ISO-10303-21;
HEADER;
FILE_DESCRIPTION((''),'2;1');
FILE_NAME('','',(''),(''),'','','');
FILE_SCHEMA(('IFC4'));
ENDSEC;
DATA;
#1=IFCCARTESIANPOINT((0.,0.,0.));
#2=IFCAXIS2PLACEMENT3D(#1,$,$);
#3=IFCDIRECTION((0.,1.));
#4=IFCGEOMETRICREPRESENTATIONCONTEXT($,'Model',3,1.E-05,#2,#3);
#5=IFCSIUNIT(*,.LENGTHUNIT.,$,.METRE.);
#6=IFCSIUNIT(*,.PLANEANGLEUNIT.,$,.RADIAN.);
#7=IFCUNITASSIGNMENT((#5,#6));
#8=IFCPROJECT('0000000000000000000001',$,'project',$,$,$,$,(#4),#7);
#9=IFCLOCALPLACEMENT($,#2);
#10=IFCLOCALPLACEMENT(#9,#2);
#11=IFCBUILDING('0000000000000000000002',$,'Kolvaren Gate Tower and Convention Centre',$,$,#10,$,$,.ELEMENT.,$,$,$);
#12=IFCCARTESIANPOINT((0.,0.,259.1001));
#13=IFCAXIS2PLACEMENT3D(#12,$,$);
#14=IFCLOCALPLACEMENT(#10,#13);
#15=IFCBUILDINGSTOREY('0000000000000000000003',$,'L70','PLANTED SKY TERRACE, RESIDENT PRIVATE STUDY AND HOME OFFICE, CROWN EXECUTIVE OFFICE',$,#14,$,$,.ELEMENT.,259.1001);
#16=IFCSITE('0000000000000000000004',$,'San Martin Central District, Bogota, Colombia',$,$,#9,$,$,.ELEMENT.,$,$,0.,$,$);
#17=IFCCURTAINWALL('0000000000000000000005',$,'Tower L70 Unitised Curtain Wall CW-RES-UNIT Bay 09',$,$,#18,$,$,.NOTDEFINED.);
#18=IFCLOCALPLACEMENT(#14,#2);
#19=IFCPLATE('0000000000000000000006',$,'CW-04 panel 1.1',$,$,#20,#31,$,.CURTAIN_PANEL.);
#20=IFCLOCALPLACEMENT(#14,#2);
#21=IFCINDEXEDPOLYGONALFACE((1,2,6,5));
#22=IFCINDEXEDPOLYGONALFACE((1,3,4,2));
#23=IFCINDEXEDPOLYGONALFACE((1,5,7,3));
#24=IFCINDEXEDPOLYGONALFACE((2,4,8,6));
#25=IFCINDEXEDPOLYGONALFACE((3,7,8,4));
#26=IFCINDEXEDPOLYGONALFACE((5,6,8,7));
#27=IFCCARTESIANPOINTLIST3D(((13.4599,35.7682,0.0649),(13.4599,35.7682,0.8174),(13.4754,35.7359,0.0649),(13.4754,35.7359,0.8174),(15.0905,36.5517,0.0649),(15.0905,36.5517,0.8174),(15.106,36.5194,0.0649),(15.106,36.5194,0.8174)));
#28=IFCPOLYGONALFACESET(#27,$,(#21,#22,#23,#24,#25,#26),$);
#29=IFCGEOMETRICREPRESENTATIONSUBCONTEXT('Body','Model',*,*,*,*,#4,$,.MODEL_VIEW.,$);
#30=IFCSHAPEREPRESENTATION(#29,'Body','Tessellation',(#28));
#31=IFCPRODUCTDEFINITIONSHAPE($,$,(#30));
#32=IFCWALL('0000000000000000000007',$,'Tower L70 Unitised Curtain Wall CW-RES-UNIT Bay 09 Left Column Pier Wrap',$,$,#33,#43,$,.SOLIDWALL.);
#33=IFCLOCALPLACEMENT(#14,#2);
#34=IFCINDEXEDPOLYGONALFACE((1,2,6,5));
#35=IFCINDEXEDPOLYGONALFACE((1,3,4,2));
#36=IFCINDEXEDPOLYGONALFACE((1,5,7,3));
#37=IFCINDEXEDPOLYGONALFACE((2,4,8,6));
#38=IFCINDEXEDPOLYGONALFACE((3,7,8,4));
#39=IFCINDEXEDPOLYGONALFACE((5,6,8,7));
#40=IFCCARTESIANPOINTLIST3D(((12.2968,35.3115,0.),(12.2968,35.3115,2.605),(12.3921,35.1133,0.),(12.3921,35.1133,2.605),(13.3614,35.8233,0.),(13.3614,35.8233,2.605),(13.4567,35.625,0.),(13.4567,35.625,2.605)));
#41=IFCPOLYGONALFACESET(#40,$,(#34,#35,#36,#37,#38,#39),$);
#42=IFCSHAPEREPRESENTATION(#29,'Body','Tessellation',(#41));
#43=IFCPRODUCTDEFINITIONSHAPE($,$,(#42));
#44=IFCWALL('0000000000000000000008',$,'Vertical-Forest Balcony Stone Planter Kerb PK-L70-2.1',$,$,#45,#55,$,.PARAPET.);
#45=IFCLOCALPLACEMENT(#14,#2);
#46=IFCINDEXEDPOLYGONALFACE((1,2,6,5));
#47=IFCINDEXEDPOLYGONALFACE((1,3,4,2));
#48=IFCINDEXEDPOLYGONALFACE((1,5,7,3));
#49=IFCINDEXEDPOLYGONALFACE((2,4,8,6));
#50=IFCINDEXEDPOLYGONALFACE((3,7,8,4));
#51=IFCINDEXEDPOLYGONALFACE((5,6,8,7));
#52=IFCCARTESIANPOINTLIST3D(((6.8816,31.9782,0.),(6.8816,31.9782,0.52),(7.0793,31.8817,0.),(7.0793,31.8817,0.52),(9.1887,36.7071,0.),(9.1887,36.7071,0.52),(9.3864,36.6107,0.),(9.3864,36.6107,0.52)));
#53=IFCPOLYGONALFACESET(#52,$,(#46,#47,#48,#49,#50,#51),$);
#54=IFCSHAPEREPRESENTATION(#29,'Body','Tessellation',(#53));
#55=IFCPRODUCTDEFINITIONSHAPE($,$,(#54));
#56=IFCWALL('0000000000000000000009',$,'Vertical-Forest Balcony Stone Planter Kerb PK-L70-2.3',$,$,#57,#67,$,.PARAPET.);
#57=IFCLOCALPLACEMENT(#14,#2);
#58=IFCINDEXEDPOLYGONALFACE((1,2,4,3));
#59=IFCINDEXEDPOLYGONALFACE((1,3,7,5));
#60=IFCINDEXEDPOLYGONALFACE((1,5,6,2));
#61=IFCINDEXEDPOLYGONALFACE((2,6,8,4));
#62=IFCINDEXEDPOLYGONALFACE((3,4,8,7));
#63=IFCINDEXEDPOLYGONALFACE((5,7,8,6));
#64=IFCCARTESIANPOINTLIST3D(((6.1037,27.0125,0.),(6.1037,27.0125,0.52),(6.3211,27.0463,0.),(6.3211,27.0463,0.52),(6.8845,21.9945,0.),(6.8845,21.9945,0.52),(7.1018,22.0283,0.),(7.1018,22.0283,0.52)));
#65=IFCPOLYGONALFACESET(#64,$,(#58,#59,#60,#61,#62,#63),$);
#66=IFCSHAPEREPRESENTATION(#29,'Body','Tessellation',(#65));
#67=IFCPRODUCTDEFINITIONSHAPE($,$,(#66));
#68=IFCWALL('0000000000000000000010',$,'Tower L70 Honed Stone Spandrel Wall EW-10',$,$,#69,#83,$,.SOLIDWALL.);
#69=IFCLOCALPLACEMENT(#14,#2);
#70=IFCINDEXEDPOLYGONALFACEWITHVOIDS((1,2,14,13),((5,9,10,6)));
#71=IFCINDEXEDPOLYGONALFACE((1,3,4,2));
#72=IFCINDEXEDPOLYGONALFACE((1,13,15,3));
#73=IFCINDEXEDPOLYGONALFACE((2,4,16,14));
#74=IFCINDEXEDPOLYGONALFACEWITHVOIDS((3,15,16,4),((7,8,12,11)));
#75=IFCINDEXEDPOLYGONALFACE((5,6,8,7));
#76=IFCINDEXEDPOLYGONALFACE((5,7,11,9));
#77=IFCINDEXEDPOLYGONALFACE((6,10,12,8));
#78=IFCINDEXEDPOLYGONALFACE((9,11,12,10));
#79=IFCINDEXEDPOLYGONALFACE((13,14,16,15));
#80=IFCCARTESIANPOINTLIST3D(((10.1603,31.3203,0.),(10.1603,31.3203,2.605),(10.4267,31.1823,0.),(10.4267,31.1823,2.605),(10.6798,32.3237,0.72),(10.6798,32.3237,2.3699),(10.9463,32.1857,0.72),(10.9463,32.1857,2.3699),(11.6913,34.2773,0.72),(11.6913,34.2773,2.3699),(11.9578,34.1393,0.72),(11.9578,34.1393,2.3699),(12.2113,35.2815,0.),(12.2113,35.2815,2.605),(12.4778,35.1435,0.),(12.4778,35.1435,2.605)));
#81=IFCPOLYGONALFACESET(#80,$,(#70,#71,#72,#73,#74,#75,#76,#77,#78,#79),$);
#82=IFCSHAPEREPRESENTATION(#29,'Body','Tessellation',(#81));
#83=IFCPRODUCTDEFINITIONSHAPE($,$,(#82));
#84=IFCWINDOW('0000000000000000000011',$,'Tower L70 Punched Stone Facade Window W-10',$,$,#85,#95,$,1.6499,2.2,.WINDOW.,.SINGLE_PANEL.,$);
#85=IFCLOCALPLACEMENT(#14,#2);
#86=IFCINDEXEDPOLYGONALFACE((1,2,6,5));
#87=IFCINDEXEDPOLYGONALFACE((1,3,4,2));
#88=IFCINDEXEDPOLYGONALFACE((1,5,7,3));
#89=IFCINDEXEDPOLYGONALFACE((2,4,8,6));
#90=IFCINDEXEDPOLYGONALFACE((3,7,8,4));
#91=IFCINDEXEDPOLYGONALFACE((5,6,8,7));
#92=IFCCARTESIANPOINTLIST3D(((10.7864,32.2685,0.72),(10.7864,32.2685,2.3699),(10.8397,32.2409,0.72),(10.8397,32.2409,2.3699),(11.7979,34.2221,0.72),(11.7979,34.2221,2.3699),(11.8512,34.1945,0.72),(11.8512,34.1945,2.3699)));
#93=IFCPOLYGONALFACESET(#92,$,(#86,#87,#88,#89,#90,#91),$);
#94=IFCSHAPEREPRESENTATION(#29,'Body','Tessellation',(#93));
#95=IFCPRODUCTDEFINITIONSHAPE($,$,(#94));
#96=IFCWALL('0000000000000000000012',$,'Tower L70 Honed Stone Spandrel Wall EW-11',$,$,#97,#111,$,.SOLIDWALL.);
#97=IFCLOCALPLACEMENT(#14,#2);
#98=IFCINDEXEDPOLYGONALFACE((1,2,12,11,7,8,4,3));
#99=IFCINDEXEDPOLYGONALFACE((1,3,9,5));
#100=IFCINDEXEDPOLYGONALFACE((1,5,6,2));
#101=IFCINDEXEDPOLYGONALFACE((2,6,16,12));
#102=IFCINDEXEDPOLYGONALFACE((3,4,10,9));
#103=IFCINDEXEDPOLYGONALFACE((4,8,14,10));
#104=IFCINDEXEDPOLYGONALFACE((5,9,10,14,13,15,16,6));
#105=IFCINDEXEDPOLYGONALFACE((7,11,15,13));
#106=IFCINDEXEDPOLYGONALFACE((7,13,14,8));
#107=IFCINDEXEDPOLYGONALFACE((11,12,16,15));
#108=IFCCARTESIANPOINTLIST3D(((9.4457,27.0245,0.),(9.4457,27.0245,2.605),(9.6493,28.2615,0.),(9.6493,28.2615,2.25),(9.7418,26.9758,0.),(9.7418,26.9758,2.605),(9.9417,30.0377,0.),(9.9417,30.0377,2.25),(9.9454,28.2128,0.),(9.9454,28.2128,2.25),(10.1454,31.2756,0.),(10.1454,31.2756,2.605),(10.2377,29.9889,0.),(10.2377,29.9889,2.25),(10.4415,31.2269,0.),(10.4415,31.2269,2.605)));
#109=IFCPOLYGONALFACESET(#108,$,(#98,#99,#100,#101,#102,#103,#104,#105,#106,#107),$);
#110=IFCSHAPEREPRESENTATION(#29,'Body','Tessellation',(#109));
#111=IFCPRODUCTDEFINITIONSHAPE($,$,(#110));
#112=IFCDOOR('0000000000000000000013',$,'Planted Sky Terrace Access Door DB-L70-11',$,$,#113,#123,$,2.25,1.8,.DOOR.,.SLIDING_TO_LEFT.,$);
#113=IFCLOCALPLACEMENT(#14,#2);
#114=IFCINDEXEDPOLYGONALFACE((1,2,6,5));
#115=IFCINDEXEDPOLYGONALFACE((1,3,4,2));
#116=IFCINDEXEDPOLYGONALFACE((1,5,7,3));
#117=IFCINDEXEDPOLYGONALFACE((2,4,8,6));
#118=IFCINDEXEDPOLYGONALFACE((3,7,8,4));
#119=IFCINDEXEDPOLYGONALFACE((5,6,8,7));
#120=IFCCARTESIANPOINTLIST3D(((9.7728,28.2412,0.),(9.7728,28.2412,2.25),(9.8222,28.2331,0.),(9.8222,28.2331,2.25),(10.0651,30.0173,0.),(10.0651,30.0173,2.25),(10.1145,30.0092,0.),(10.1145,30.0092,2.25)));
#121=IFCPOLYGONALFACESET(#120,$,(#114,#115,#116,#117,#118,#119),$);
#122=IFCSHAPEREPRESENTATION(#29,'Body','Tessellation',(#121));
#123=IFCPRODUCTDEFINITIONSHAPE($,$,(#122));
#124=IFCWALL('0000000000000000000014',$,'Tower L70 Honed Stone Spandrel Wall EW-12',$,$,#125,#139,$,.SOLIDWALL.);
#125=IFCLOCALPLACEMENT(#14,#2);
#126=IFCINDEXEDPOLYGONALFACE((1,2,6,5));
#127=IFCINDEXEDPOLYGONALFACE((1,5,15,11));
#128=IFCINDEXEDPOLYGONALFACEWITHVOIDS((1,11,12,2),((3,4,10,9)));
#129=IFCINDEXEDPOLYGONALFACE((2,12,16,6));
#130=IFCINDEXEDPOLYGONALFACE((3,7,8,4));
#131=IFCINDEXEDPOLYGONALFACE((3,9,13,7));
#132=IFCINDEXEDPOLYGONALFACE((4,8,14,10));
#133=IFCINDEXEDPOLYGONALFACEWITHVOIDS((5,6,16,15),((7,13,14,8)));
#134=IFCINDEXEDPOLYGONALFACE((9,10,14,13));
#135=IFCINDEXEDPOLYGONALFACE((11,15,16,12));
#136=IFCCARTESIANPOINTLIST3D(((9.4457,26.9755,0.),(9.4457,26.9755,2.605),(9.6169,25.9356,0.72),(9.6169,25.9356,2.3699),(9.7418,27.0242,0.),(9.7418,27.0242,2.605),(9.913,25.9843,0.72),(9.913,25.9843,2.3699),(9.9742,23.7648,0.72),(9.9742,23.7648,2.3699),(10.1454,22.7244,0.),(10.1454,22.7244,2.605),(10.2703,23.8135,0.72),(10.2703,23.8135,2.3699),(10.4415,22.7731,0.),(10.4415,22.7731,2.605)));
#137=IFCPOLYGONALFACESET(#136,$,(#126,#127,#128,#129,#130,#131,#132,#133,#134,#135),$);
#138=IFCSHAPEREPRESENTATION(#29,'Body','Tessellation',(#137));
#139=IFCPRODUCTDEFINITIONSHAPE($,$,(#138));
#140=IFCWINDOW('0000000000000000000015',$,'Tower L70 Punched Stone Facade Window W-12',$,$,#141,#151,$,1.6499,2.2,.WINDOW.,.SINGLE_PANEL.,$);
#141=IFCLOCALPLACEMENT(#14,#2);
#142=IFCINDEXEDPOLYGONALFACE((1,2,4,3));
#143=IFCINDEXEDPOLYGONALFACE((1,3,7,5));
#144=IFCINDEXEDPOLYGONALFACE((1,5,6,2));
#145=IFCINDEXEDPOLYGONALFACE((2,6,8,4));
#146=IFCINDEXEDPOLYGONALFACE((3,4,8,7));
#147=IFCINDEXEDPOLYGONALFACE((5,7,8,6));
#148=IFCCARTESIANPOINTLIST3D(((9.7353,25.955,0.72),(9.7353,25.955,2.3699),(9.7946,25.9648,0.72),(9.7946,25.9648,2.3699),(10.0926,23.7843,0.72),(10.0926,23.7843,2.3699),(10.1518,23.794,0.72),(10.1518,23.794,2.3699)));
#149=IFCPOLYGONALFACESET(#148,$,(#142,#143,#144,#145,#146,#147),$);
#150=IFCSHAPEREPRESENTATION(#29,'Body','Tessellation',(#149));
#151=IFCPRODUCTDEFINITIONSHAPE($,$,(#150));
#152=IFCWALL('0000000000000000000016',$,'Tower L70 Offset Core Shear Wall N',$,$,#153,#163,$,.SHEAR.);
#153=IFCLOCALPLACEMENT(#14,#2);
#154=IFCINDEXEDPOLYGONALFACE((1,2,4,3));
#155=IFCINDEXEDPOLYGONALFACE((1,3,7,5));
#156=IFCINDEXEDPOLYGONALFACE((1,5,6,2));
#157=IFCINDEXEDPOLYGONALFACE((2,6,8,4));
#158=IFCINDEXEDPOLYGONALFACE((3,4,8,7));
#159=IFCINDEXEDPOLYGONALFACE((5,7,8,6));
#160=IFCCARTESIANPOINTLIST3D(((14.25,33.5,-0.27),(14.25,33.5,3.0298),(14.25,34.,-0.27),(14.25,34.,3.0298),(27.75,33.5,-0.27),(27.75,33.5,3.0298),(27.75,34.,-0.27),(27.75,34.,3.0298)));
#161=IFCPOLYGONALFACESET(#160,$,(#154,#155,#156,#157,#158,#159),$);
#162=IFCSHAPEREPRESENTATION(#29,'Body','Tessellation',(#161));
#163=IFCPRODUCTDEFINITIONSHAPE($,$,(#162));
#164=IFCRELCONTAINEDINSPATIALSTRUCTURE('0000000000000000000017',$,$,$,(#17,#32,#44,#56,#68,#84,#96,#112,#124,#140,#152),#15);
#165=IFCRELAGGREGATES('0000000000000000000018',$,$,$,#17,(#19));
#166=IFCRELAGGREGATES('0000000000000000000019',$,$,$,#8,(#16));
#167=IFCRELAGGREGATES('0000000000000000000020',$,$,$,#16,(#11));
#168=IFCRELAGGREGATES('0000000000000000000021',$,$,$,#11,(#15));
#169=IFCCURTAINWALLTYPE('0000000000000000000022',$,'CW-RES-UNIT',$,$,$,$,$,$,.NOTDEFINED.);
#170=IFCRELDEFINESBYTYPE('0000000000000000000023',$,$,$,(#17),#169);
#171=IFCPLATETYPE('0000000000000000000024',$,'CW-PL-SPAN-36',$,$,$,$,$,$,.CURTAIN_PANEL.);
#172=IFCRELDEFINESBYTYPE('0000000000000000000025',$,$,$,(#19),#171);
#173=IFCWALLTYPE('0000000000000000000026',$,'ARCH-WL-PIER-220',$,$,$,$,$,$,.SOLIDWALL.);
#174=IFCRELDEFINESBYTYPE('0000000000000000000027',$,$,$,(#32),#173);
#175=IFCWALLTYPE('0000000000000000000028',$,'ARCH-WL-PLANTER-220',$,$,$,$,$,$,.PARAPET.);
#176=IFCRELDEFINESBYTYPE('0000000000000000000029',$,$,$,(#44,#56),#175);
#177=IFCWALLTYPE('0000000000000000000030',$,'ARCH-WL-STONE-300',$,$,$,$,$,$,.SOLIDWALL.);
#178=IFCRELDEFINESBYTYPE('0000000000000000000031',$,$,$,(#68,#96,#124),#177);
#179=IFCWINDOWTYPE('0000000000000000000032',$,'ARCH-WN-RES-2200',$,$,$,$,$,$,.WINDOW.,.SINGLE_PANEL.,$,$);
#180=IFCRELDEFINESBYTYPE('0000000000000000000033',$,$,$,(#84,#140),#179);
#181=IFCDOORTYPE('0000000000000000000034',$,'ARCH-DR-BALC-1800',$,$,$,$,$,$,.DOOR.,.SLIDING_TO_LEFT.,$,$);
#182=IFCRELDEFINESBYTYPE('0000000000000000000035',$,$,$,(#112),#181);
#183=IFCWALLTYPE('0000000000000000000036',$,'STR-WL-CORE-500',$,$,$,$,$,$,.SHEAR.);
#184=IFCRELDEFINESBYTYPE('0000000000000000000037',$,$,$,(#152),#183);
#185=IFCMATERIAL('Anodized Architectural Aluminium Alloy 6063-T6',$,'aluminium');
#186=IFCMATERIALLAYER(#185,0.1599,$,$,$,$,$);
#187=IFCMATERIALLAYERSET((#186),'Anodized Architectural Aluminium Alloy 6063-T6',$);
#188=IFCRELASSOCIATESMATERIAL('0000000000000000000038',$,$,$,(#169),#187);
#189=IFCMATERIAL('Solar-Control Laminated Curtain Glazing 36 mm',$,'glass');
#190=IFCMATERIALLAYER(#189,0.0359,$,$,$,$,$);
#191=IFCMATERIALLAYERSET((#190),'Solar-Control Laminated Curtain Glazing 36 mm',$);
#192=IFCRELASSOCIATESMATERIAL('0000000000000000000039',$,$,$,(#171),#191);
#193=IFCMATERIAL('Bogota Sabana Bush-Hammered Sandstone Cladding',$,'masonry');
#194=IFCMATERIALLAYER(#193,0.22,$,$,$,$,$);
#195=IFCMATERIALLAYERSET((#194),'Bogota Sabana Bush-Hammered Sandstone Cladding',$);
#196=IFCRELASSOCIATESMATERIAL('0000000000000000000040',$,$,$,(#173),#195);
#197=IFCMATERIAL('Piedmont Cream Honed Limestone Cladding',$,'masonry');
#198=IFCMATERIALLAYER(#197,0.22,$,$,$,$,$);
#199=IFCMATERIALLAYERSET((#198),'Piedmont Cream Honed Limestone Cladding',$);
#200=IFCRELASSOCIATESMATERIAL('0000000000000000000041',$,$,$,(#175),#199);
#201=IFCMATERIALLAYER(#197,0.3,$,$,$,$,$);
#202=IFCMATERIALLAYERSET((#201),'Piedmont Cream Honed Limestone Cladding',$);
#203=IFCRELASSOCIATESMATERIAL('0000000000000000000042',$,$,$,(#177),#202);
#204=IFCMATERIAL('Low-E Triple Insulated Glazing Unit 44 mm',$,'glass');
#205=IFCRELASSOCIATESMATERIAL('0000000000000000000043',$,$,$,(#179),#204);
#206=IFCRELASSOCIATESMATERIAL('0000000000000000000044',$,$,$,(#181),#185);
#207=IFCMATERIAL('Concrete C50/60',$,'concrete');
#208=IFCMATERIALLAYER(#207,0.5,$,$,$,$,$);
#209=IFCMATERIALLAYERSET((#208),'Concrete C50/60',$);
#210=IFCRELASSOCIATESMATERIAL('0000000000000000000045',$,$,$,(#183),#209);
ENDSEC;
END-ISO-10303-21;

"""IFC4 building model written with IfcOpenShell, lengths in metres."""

from ifc_helpers import new_model, si_unit, direction, frame, frame_2d, origin, origin_2d, place, context, subcontext, project, spatial, rectangle, extrude, material, layer, layer_set, type_object, element, fill, aggregate, save


model = new_model("IFC4")

# Units and contexts
model_context = context("Model", 3, precision=1e-05, world=origin(), true_north=direction((0.0, 1.0)))
body_context = subcontext(model_context, "Body", "Model", "MODEL_VIEW")
ifc_project = project(units=[si_unit("LENGTHUNIT", "METRE"), si_unit("PLANEANGLEUNIT", "RADIAN")], contexts=[model_context])

# Site, building, storey
site_placement = place(None, origin())
site = spatial("IfcSite", under=ifc_project, at=site_placement, Name="San Martin Central District, Bogota, Colombia", CompositionType="ELEMENT", RefElevation=0.0)
building_placement = place(site_placement, origin())
building = spatial("IfcBuilding", under=site, at=building_placement, Name="Kolvaren Gate Tower and Convention Centre", CompositionType="ELEMENT")
storey_placement = place(building_placement, frame((0.0, 0.0, 259.1001)))
storey = spatial("IfcBuildingStorey", under=building, at=storey_placement, Name="L70", Description="PLANTED SKY TERRACE, RESIDENT PRIVATE STUDY AND HOME OFFICE, CROWN EXECUTIVE OFFICE", CompositionType="ELEMENT", Elevation=259.1001)

# Curtain wall
ifc_material_1 = material(Name="Anodized Architectural Aluminium Alloy 6063-T6", Category="aluminium")
ifc_layer_1 = layer(ifc_material_1, 0.1599)
ifc_layer_set_1 = layer_set([ifc_layer_1], Name="Anodized Architectural Aluminium Alloy 6063-T6")
curtain_wall_type = type_object("IfcCurtainWallType", Name="CW-RES-UNIT", PredefinedType="NOTDEFINED", material=ifc_layer_set_1)
curtain_wall_placement = place(storey_placement, origin())
curtain_wall = element("IfcCurtainWall", 1, at=curtain_wall_placement, inside=storey, type_object=curtain_wall_type, Name="Tower L70 Unitised Curtain Wall CW-RES-UNIT Bay 09", PredefinedType="NOTDEFINED")

# Plate
ifc_material_2 = material(Name="Low-E Triple Insulated Glazing Unit 44 mm", Category="glass")
ifc_material_3 = material(Name="Solar-Control Laminated Curtain Glazing 36 mm", Category="glass")
ifc_layer_2 = layer(ifc_material_3, 0.0359)
ifc_layer_set_2 = layer_set([ifc_layer_2], Name="Solar-Control Laminated Curtain Glazing 36 mm")
plate_type_1 = type_object("IfcPlateType", Name="CW-PL-SPAN-36", PredefinedType="CURTAIN_PANEL", material=ifc_layer_set_2)
plate_1_placement = place(storey_placement, frame((14.283, 36.1438, 0.0649), z_axis=(0.0, 0.0, 1.0), x_axis=(0.90136, 0.43307, 0.0)))
plate_1 = element("IfcPlate", 2, at=plate_1_placement, type_object=plate_type_1, Name="CW-04 panel 1.1", PredefinedType="CURTAIN_PANEL", context=body_context, shape_type="SweptSolid", body=[
    extrude(rectangle(XDim=1.8091, YDim=0.0359, at=origin_2d()), origin(), (0.0, 0.0, 1.0), 0.7524),
])
aggregate(curtain_wall, [plate_1])

# Walls
ifc_material_4 = material(Name="Bogota Sabana Bush-Hammered Sandstone Cladding", Category="masonry")
ifc_layer_3 = layer(ifc_material_4, 0.22)
ifc_layer_set_3 = layer_set([ifc_layer_3], Name="Bogota Sabana Bush-Hammered Sandstone Cladding")
wall_type_1 = type_object("IfcWallType", Name="ARCH-WL-PIER-220", PredefinedType="SOLIDWALL", material=ifc_layer_set_3)
wall_1_placement = place(storey_placement, frame((12.3445, 35.2124, 0.0), z_axis=(0.0, 0.0, 1.0), x_axis=(0.901265, 0.433269, 0.0)))
element("IfcWall", 3, at=wall_1_placement, inside=storey, type_object=wall_type_1, Name="Tower L70 Unitised Curtain Wall CW-RES-UNIT Bay 09 Left Column Pier Wrap", PredefinedType="SOLIDWALL", context=body_context, shape_type="SweptSolid", body=[
    extrude(rectangle(XDim=1.1812, YDim=0.22, at=frame_2d((0.5906, 0.0))), origin(), (0.0, 0.0, 1.0), 2.605),
])
ifc_material_5 = material(Name="Piedmont Cream Honed Limestone Cladding", Category="masonry")
ifc_layer_4 = layer(ifc_material_5, 0.22)
ifc_layer_set_4 = layer_set([ifc_layer_4], Name="Piedmont Cream Honed Limestone Cladding")
wall_type_2 = type_object("IfcWallType", Name="ARCH-WL-PLANTER-220", PredefinedType="PARAPET", material=ifc_layer_set_4)
wall_2_placement = place(storey_placement, frame((6.9805, 31.9299, 0.0), z_axis=(0.0, 0.0, 1.0), x_axis=(0.438469, 0.898746, 0.0)))
element("IfcWall", 4, at=wall_2_placement, inside=storey, type_object=wall_type_2, Name="Vertical-Forest Balcony Stone Planter Kerb PK-L70-2.1", PredefinedType="PARAPET", context=body_context, shape_type="SweptSolid", body=[
    extrude(rectangle(XDim=5.2617, YDim=0.22, at=frame_2d((2.6309, 0.0))), origin(), (0.0, 0.0, 1.0), 0.52),
])
wall_3_placement = place(storey_placement, frame((6.2124, 27.0293, 0.0), z_axis=(0.0, 0.0, 1.0), x_axis=(0.15374, -0.988111, 0.0)))
element("IfcWall", 5, at=wall_3_placement, inside=storey, type_object=wall_type_2, Name="Vertical-Forest Balcony Stone Planter Kerb PK-L70-2.3", PredefinedType="PARAPET", context=body_context, shape_type="SweptSolid", body=[
    extrude(rectangle(XDim=5.0784, YDim=0.22, at=frame_2d((2.5391, 0.0))), origin(), (0.0, 0.0, 1.0), 0.52),
])

# Wall, opening, window
ifc_layer_5 = layer(ifc_material_5, 0.3)
ifc_layer_set_5 = layer_set([ifc_layer_5], Name="Piedmont Cream Honed Limestone Cladding")
wall_type_3 = type_object("IfcWallType", Name="ARCH-WL-STONE-300", PredefinedType="SOLIDWALL", material=ifc_layer_set_5)
wall_4_placement = place(storey_placement, frame((10.2935, 31.2512, 0.0), z_axis=(0.0, 0.0, 1.0), x_axis=(0.459801, 0.888022, 0.0)))
wall_4 = element("IfcWall", 6, at=wall_4_placement, inside=storey, type_object=wall_type_3, Name="Tower L70 Honed Stone Spandrel Wall EW-10", PredefinedType="SOLIDWALL", context=body_context, shape_type="SweptSolid", body=[
    extrude(rectangle(XDim=4.4607, YDim=0.3, at=frame_2d((2.2305, 0.0))), origin(), (0.0, 0.0, 1.0), 2.605),
])
opening_1_placement = place(wall_4_placement, frame((1.1299, 0.0, 0.72)))
opening_1 = element("IfcOpeningElement", 7, at=opening_1_placement, cuts=wall_4, PredefinedType="OPENING", context=body_context, shape_type="SweptSolid", body=[
    extrude(rectangle(XDim=2.2, YDim=1.6499, at=frame_2d((1.1001, 0.825))), frame((0.0, 0.1599, 0.0), z_axis=(0.0, -1.0, 0.0), x_axis=(1.0, 0.0, 0.0)), (0.0, 0.0, 1.0), 0.3201),
])
window_type = type_object("IfcWindowType", Name="ARCH-WN-RES-2200", PartitioningType="SINGLE_PANEL", PredefinedType="WINDOW", material=ifc_material_2)
window_1_placement = place(opening_1_placement, origin())
window_1 = element("IfcWindow", 8, at=window_1_placement, inside=storey, type_object=window_type, Name="Tower L70 Punched Stone Facade Window W-10", OverallHeight=1.6499, OverallWidth=2.2, PartitioningType="SINGLE_PANEL", PredefinedType="WINDOW", context=body_context, shape_type="SweptSolid", body=[
    extrude(rectangle(XDim=2.2, YDim=1.6499, at=frame_2d((1.1001, 0.825))), frame((0.0, 0.03, 0.0), z_axis=(0.0, -1.0, 0.0), x_axis=(1.0, 0.0, 0.0)), (0.0, 0.0, 1.0), 0.0601),
])
fill(opening_1, window_1)

# Wall, opening, door
wall_5_placement = place(storey_placement, frame((9.5938, 27.0, 0.0), z_axis=(0.0, 0.0, 1.0), x_axis=(0.162405, 0.986724, 0.0)))
wall_5 = element("IfcWall", 9, at=wall_5_placement, inside=storey, type_object=wall_type_3, Name="Tower L70 Honed Stone Spandrel Wall EW-11", PredefinedType="SOLIDWALL", context=body_context, shape_type="SweptSolid", body=[
    extrude(rectangle(XDim=4.3083, YDim=0.3, at=frame_2d((2.1543, 0.0))), origin(), (0.0, 0.0, 1.0), 2.605),
])
opening_2_placement = place(wall_5_placement, frame((1.2539, 0.0, 0.0)))
opening_2 = element("IfcOpeningElement", 10, at=opening_2_placement, cuts=wall_5, PredefinedType="OPENING", context=body_context, shape_type="SweptSolid", body=[
    extrude(rectangle(XDim=1.8, YDim=2.25, at=frame_2d((0.8999, 1.125))), frame((0.0, 0.1599, 0.0), z_axis=(0.0, -1.0, 0.0), x_axis=(1.0, 0.0, 0.0)), (0.0, 0.0, 1.0), 0.3201),
])
door_type = type_object("IfcDoorType", Name="ARCH-DR-BALC-1800", OperationType="SLIDING_TO_LEFT", PredefinedType="DOOR", material=ifc_material_1)
door_placement = place(opening_2_placement, origin())
door = element("IfcDoor", 11, at=door_placement, inside=storey, type_object=door_type, Name="Planted Sky Terrace Access Door DB-L70-11", OperationType="SLIDING_TO_LEFT", OverallHeight=2.25, OverallWidth=1.8, PredefinedType="DOOR", context=body_context, shape_type="SweptSolid", body=[
    extrude(rectangle(XDim=1.8, YDim=2.25, at=frame_2d((0.8999, 1.125))), frame((0.0, 0.0249, 0.0), z_axis=(0.0, -1.0, 0.0), x_axis=(1.0, 0.0, 0.0)), (0.0, 0.0, 1.0), 0.05),
])
fill(opening_2, door)

# Wall, opening, window
wall_6_placement = place(storey_placement, frame((9.5938, 27.0, 0.0), z_axis=(0.0, 0.0, 1.0), x_axis=(0.162405, -0.986724, 0.0)))
wall_6 = element("IfcWall", 12, at=wall_6_placement, inside=storey, type_object=wall_type_3, Name="Tower L70 Honed Stone Spandrel Wall EW-12", PredefinedType="SOLIDWALL", context=body_context, shape_type="SweptSolid", body=[
    extrude(rectangle(XDim=4.3083, YDim=0.3, at=frame_2d((2.1543, 0.0))), origin(), (0.0, 0.0, 1.0), 2.605),
])
opening_3_placement = place(wall_6_placement, frame((1.054, 0.0, 0.72)))
opening_3 = element("IfcOpeningElement", 13, at=opening_3_placement, cuts=wall_6, PredefinedType="OPENING", context=body_context, shape_type="SweptSolid", body=[
    extrude(rectangle(XDim=2.2, YDim=1.6499, at=frame_2d((1.1001, 0.825))), frame((0.0, 0.1599, 0.0), z_axis=(0.0, -1.0, 0.0), x_axis=(1.0, 0.0, 0.0)), (0.0, 0.0, 1.0), 0.3201),
])
window_2_placement = place(opening_3_placement, origin())
window_2 = element("IfcWindow", 14, at=window_2_placement, inside=storey, type_object=window_type, Name="Tower L70 Punched Stone Facade Window W-12", OverallHeight=1.6499, OverallWidth=2.2, PartitioningType="SINGLE_PANEL", PredefinedType="WINDOW", context=body_context, shape_type="SweptSolid", body=[
    extrude(rectangle(XDim=2.2, YDim=1.6499, at=frame_2d((1.1001, 0.825))), frame((0.0, 0.03, 0.0), z_axis=(0.0, -1.0, 0.0), x_axis=(1.0, 0.0, 0.0)), (0.0, 0.0, 1.0), 0.0601),
])
fill(opening_3, window_2)

# Wall
ifc_material_6 = material(Name="Concrete C50/60", Category="concrete")
ifc_layer_6 = layer(ifc_material_6, 0.5)
ifc_layer_set_6 = layer_set([ifc_layer_6], Name="Concrete C50/60")
wall_type_4 = type_object("IfcWallType", Name="STR-WL-CORE-500", PredefinedType="SHEAR", material=ifc_layer_set_6)
wall_7_placement = place(storey_placement, frame((14.25, 33.75, -0.27), z_axis=(0.0, 0.0, 1.0), x_axis=(1.0, 0.0, 0.0)))
element("IfcWall", 15, at=wall_7_placement, inside=storey, type_object=wall_type_4, Name="Tower L70 Offset Core Shear Wall N", PredefinedType="SHEAR", context=body_context, shape_type="SweptSolid", body=[
    extrude(rectangle(XDim=13.5, YDim=0.5, at=frame_2d((6.75, 0.0))), origin(), (0.0, 0.0, 1.0), 3.2998),
])

save(model, "model.ifc")
